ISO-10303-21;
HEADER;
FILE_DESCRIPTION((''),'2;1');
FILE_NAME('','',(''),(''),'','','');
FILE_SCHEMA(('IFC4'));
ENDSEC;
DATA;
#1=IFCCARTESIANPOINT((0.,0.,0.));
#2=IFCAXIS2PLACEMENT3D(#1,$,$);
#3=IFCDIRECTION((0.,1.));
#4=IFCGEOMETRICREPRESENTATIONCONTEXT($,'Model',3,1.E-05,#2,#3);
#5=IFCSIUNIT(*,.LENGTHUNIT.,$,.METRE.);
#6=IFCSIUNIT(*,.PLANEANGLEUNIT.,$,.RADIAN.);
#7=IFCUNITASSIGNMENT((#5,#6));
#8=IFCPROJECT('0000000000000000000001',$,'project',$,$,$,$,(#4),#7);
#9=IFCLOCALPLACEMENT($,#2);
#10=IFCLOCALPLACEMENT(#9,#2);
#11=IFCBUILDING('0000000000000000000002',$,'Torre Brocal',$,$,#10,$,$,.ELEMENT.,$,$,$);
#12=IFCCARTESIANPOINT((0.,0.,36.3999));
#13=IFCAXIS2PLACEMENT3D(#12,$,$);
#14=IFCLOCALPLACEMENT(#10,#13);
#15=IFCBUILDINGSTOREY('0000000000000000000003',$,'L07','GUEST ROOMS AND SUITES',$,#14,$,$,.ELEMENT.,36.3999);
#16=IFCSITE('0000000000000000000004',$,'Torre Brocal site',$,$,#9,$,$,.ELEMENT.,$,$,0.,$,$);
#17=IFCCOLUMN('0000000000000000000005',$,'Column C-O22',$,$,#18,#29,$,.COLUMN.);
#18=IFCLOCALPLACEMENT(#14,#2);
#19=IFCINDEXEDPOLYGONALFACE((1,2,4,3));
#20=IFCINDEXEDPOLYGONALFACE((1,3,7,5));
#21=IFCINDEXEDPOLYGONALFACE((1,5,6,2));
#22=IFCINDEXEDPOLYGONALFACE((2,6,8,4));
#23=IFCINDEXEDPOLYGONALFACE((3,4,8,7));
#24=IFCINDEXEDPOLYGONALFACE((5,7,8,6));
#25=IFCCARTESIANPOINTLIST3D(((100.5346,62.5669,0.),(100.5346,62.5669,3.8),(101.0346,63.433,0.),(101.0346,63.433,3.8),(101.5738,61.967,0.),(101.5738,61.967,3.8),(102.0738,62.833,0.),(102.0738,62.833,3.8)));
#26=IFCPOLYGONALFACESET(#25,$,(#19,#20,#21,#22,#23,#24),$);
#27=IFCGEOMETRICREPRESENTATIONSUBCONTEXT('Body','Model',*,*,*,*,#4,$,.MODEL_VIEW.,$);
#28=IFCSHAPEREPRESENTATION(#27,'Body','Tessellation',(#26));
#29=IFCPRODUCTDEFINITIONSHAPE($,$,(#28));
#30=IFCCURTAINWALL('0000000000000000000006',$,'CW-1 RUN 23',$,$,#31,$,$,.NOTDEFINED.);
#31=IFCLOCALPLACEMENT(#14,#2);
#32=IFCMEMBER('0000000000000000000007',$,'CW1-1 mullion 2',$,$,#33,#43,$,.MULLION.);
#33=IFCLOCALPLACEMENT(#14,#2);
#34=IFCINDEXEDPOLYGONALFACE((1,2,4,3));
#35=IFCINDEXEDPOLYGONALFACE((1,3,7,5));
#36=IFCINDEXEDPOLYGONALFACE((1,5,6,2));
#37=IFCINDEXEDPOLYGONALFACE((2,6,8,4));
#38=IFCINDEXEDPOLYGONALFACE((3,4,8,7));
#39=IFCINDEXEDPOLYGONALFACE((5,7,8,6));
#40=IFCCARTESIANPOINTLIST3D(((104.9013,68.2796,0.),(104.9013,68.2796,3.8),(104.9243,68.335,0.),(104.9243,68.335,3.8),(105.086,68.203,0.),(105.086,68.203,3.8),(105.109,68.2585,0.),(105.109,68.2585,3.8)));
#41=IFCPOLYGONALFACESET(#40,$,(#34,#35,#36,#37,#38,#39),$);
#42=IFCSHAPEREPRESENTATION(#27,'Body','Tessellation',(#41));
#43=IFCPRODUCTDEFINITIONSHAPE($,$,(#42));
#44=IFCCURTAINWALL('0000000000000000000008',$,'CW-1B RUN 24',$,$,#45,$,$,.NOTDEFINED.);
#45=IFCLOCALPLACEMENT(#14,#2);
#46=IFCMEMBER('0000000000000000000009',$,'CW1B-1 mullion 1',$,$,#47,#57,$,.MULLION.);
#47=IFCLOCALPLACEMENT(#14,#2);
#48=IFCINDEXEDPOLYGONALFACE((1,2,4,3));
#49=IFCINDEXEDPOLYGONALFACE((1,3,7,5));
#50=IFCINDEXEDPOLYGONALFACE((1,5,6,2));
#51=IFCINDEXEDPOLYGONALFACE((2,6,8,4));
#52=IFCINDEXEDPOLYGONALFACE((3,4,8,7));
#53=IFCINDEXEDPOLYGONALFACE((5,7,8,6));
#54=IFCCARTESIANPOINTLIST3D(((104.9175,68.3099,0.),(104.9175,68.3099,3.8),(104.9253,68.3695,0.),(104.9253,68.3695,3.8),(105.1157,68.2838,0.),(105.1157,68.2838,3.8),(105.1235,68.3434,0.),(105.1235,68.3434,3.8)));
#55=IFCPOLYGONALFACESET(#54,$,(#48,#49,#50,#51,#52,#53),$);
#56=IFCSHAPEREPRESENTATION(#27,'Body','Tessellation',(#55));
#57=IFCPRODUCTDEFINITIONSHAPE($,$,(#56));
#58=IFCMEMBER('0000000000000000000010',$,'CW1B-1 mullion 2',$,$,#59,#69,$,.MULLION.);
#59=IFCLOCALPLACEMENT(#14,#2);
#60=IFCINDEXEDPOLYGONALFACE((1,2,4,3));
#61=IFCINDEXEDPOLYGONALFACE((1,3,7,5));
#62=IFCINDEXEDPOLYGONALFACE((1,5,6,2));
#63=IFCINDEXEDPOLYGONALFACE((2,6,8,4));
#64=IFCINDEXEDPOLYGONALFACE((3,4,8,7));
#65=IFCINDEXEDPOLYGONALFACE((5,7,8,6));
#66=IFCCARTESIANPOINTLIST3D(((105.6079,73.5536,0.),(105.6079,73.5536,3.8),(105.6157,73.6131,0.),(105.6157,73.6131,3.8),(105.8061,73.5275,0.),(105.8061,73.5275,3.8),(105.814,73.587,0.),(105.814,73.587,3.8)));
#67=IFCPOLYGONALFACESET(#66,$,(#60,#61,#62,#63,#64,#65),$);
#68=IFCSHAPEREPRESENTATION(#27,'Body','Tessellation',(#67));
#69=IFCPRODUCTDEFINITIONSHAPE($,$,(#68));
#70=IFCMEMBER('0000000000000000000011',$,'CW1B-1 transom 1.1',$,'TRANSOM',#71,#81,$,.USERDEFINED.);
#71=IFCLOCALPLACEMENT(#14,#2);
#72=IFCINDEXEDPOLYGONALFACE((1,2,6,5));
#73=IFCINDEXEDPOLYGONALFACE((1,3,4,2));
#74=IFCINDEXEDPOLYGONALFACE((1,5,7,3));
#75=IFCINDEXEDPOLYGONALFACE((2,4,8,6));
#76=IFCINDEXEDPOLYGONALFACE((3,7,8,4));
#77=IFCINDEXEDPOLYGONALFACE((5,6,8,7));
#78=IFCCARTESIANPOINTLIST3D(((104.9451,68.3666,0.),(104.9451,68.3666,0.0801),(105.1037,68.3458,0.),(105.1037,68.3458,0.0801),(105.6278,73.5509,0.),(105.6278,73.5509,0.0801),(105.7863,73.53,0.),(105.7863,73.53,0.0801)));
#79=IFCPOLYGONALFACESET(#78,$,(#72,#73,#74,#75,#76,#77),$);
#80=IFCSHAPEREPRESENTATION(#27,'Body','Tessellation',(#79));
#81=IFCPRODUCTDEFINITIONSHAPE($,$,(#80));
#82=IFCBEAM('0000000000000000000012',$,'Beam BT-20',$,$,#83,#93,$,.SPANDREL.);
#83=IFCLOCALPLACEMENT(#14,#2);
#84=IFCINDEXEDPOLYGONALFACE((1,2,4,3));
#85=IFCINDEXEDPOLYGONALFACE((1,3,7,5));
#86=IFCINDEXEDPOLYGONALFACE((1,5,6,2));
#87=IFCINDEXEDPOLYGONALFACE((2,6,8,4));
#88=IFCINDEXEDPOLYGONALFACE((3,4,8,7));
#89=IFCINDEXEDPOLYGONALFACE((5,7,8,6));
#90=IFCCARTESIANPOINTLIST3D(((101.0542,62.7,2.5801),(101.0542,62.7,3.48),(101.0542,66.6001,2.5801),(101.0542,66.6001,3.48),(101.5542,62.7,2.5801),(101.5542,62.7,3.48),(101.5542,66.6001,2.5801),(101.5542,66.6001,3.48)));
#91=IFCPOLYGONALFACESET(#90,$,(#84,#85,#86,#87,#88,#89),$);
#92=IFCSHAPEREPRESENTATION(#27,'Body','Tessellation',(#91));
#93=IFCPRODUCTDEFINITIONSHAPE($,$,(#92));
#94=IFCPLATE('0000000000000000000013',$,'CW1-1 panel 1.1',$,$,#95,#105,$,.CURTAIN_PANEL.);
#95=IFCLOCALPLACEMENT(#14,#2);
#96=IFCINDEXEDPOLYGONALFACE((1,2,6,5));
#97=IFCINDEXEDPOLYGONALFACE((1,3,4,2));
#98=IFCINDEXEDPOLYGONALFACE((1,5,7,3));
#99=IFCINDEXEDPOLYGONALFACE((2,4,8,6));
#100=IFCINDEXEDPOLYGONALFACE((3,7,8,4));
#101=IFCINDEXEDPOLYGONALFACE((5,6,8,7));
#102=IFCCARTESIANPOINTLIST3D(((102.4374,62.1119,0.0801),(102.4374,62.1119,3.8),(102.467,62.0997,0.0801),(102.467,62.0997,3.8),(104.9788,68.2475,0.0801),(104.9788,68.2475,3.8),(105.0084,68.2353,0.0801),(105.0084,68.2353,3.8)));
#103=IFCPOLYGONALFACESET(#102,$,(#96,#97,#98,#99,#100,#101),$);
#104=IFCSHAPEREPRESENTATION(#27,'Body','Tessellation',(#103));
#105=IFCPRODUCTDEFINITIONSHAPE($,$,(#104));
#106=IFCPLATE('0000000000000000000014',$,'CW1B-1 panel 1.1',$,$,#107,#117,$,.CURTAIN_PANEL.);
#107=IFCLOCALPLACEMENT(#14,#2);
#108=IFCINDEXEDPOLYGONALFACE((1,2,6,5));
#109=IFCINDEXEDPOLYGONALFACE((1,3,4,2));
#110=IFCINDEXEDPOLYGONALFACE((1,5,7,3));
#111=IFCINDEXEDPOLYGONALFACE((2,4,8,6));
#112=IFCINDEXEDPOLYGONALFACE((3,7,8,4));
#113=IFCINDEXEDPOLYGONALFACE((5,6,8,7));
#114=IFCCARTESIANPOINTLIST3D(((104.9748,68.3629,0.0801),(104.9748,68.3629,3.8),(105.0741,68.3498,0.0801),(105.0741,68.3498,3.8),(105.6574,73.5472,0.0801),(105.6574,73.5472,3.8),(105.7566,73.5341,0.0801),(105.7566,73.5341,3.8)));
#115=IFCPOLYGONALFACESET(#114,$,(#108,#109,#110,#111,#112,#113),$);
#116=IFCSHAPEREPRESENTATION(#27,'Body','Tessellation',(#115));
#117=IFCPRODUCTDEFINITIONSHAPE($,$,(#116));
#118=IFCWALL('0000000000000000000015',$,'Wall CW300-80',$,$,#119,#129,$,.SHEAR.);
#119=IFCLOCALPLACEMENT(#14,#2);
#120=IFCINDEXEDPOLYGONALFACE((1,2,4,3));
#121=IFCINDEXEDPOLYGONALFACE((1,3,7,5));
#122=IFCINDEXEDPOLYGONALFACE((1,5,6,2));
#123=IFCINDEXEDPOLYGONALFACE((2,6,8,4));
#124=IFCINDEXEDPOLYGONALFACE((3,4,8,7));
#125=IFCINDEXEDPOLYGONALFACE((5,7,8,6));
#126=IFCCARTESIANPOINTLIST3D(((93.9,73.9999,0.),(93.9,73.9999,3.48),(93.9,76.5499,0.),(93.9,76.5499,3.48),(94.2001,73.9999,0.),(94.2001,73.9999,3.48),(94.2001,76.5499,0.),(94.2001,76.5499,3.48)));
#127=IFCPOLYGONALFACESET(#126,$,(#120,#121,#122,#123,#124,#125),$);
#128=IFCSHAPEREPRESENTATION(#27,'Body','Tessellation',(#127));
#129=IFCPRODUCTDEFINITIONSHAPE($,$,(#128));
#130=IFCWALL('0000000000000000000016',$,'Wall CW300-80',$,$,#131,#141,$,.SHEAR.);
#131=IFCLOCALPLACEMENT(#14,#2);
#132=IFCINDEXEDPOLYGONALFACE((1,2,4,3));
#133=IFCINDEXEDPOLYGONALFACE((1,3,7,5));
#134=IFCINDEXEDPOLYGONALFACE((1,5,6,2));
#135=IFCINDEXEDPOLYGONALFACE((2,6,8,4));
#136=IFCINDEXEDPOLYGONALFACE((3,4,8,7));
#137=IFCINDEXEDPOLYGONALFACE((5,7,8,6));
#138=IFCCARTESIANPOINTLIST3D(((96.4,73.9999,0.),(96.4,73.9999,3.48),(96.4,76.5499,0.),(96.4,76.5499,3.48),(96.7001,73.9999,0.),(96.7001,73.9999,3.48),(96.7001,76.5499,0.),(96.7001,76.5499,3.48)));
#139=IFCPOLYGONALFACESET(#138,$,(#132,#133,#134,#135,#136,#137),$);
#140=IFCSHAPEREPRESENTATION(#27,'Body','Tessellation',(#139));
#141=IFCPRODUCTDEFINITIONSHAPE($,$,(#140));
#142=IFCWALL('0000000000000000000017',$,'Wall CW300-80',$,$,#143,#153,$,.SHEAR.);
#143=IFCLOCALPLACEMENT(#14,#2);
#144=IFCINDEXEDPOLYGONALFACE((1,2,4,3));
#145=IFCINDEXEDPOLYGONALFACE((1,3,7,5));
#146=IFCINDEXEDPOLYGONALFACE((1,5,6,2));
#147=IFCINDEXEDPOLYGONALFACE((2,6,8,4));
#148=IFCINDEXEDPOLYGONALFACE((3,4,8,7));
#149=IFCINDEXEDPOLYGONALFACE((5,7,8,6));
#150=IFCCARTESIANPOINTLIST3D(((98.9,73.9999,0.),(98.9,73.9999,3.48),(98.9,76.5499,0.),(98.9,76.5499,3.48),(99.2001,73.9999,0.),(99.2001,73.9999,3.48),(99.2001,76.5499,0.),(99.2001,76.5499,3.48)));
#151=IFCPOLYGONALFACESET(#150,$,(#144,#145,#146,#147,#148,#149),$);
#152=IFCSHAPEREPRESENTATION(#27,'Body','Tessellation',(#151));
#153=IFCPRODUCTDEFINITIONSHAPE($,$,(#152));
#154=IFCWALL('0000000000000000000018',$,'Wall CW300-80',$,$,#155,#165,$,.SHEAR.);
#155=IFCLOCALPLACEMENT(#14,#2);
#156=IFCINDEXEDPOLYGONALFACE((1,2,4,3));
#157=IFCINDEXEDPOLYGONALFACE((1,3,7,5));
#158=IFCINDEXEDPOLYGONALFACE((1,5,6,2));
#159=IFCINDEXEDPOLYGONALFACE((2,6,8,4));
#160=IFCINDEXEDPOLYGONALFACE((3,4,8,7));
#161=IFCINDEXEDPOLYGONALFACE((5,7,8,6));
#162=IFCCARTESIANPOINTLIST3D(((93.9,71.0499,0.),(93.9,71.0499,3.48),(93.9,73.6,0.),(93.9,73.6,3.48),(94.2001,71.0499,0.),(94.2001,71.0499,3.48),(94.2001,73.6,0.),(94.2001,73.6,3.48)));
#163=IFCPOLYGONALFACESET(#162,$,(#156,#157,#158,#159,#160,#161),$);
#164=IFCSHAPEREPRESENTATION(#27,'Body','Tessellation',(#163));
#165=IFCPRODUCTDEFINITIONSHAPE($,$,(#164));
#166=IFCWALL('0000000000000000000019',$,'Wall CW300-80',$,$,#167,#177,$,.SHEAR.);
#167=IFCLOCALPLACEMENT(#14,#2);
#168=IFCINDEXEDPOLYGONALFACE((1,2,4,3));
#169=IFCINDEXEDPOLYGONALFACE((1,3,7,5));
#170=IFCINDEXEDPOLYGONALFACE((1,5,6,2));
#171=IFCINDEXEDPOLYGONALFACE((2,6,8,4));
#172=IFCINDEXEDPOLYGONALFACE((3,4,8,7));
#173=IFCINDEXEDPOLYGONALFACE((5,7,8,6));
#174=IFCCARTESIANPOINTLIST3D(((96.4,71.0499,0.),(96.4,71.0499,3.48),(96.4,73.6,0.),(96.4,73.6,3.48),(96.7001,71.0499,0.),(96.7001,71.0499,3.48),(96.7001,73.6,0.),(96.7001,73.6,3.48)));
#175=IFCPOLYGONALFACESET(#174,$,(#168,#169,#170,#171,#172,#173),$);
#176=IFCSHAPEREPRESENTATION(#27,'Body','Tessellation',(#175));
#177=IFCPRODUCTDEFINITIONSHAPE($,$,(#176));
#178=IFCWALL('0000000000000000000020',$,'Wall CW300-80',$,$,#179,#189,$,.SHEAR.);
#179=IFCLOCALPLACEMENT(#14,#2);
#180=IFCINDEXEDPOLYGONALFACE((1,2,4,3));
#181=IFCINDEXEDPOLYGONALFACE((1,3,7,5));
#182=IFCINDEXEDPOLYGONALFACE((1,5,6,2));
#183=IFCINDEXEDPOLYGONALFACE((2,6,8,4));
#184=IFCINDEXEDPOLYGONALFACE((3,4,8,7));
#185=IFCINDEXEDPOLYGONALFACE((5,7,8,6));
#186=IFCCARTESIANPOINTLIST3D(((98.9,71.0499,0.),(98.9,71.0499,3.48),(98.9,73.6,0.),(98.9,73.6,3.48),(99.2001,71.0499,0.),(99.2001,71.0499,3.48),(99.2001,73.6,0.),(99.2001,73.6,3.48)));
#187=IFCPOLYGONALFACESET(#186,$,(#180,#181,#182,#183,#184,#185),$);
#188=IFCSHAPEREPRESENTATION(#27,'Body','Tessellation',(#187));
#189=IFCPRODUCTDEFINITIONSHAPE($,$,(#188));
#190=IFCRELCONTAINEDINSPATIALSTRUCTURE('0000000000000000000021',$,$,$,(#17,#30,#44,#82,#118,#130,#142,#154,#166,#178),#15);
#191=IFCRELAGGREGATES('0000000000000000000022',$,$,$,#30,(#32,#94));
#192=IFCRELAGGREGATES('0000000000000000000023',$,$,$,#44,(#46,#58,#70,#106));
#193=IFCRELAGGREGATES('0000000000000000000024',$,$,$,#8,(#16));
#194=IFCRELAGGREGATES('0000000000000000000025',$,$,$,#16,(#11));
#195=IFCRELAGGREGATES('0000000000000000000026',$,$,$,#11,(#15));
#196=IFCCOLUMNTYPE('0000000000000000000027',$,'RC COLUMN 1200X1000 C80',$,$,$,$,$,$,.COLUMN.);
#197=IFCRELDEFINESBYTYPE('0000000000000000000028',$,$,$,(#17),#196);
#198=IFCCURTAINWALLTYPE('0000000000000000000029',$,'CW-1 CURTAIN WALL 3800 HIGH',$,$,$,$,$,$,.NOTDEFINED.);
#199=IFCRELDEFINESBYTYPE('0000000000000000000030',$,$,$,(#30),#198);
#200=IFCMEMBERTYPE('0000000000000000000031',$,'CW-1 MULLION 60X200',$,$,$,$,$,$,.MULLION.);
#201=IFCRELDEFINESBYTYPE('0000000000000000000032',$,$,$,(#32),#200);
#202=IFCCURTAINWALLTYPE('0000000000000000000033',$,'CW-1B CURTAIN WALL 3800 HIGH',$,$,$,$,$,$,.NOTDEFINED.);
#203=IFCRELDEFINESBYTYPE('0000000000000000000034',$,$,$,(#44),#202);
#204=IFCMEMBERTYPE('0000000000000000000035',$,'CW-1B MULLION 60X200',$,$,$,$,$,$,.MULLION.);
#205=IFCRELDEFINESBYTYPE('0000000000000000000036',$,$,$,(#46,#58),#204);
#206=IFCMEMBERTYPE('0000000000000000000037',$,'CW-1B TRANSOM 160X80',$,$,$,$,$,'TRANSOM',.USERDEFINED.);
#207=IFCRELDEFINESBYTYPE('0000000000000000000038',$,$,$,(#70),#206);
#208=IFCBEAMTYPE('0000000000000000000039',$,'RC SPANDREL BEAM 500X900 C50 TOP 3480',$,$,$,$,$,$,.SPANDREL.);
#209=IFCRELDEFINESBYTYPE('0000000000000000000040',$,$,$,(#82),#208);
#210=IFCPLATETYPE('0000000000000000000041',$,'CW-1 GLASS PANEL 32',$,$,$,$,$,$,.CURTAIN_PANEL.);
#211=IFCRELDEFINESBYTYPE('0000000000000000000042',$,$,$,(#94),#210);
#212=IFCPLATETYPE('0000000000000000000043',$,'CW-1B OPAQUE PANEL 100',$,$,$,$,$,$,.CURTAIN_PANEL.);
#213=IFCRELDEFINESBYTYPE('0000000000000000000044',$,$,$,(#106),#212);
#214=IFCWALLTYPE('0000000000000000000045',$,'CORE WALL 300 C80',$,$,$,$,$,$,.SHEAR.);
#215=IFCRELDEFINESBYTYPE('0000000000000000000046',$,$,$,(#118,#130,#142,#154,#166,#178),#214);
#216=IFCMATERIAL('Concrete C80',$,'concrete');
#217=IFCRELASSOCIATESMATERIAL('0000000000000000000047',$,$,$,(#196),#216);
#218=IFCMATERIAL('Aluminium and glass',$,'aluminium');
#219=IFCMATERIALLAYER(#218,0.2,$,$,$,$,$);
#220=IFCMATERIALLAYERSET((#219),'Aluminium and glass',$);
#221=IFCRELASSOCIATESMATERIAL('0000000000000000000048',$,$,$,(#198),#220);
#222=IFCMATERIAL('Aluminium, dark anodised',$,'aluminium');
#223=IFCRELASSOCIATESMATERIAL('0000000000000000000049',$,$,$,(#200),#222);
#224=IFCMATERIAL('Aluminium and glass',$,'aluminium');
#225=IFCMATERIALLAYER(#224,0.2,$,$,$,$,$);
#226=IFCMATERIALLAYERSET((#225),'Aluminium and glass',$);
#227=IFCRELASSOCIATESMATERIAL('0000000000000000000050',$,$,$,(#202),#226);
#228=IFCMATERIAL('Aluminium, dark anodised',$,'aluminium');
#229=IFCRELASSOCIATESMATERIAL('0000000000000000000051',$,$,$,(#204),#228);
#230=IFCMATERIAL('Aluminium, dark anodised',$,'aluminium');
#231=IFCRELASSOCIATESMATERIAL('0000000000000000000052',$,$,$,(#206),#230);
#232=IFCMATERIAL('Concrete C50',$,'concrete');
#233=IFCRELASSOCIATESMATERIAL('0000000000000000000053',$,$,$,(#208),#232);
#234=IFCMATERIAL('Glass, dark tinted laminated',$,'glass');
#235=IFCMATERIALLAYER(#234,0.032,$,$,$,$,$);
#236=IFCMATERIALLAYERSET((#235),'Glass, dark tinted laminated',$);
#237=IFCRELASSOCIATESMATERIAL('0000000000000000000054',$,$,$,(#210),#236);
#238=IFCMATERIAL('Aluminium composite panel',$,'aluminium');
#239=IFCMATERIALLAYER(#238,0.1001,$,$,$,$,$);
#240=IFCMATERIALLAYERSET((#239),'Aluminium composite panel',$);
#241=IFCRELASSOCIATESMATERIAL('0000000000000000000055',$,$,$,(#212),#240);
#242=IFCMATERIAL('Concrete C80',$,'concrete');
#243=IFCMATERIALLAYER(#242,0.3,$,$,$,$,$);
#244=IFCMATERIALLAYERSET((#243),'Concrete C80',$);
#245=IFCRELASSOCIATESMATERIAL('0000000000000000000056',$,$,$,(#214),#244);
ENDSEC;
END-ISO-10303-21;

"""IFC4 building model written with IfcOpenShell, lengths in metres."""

from ifc_helpers import new_model, si_unit, direction, frame, frame_2d, origin, origin_2d, place, context, subcontext, project, spatial, rectangle, extrude, material, layer, layer_set, material_profile, profile_set, type_object, element, aggregate, save


model = new_model("IFC4")

# Units and contexts
model_context = context("Model", 3, precision=1e-05, world=origin(), true_north=direction((0.0, 1.0)))
body_context = subcontext(model_context, "Body", "Model", "MODEL_VIEW")
ifc_project = project(units=[si_unit("LENGTHUNIT", "METRE"), si_unit("PLANEANGLEUNIT", "RADIAN")], contexts=[model_context])

# Site, building, storey
site_placement = place(None, origin())
site = spatial("IfcSite", under=ifc_project, at=site_placement, Name="Torre Brocal site", CompositionType="ELEMENT", RefElevation=0.0)
building_placement = place(site_placement, origin())
building = spatial("IfcBuilding", under=site, at=building_placement, Name="Torre Brocal", CompositionType="ELEMENT")
storey_placement = place(building_placement, frame((0.0, 0.0, 36.3999)))
storey = spatial("IfcBuildingStorey", under=building, at=storey_placement, Name="L07", Description="GUEST ROOMS AND SUITES", CompositionType="ELEMENT", Elevation=36.3999)

# Column
ifc_material_1 = material(Name="Concrete C80", Category="concrete")
ifc_material_profile_1 = material_profile(ifc_material_1, rectangle(XDim=1.2, YDim=1.0, at=origin_2d()), Name="RC 1200X1000")
ifc_profile_set_1 = profile_set([ifc_material_profile_1], Name="Concrete C80")
column_type = type_object("IfcColumnType", Name="RC COLUMN 1200X1000 C80", PredefinedType="COLUMN", material=ifc_profile_set_1)
column_placement = place(storey_placement, frame((101.3042, 62.7, 0.0), z_axis=(0.0, 0.0, 1.0), x_axis=(0.866025, -0.5, 0.0)))
element("IfcColumn", 1, at=column_placement, inside=storey, type_object=column_type, Name="Column C-O22", PredefinedType="COLUMN", context=body_context, shape_type="SweptSolid", body=[
    extrude(rectangle(XDim=1.2, YDim=1.0, at=origin_2d()), origin(), (0.0, 0.0, 1.0), 3.8),
])

# Curtain wall, member
ifc_material_2 = material(Name="Aluminium and glass", Category="aluminium")
ifc_layer_1 = layer(ifc_material_2, 0.2)
ifc_layer_set_1 = layer_set([ifc_layer_1], Name="Aluminium and glass")
curtain_wall_type_1 = type_object("IfcCurtainWallType", Name="CW-1 CURTAIN WALL 3800 HIGH", PredefinedType="NOTDEFINED", material=ifc_layer_set_1)
curtain_wall_1_placement = place(storey_placement, origin())
curtain_wall_1 = element("IfcCurtainWall", 2, at=curtain_wall_1_placement, inside=storey, type_object=curtain_wall_type_1, Name="CW-1 RUN 23", PredefinedType="NOTDEFINED")
ifc_material_3 = material(Name="Aluminium, dark anodised", Category="aluminium")
ifc_material_profile_2 = material_profile(ifc_material_3, rectangle(XDim=0.2, YDim=0.0601, at=origin_2d()), Name="CW-1 MULLION 60X200")
ifc_profile_set_2 = profile_set([ifc_material_profile_2], Name="Aluminium, dark anodised")
member_type_1 = type_object("IfcMemberType", Name="CW-1 MULLION 60X200", PredefinedType="MULLION", material=ifc_profile_set_2)
member_1_placement = place(storey_placement, frame((105.0051, 68.269, 0.0), z_axis=(0.0, 0.0, 1.0), x_axis=(-0.92388, 0.382683, 0.0)))
member_1 = element("IfcMember", 3, at=member_1_placement, type_object=member_type_1, Name="CW1-1 mullion 2", PredefinedType="MULLION", context=body_context, shape_type="SweptSolid", body=[
    extrude(rectangle(XDim=0.2, YDim=0.0601, at=origin_2d()), origin(), (0.0, 0.0, 1.0), 3.8),
])

# Curtain wall, members
ifc_material_4 = material(Name="Aluminium and glass", Category="aluminium")
ifc_layer_2 = layer(ifc_material_4, 0.2)
ifc_layer_set_2 = layer_set([ifc_layer_2], Name="Aluminium and glass")
curtain_wall_type_2 = type_object("IfcCurtainWallType", Name="CW-1B CURTAIN WALL 3800 HIGH", PredefinedType="NOTDEFINED", material=ifc_layer_set_2)
curtain_wall_2_placement = place(storey_placement, origin())
curtain_wall_2 = element("IfcCurtainWall", 4, at=curtain_wall_2_placement, inside=storey, type_object=curtain_wall_type_2, Name="CW-1B RUN 24", PredefinedType="NOTDEFINED")
ifc_material_5 = material(Name="Aluminium, dark anodised", Category="aluminium")
ifc_material_profile_3 = material_profile(ifc_material_5, rectangle(XDim=0.2, YDim=0.0601, at=origin_2d()), Name="CW-1B MULLION 60X200")
ifc_profile_set_3 = profile_set([ifc_material_profile_3], Name="Aluminium, dark anodised")
member_type_2 = type_object("IfcMemberType", Name="CW-1B MULLION 60X200", PredefinedType="MULLION", material=ifc_profile_set_3)
member_2_placement = place(storey_placement, frame((105.0205, 68.3267, 0.0), z_axis=(0.0, 0.0, 1.0), x_axis=(-0.991445, 0.130526, 0.0)))
member_2 = element("IfcMember", 5, at=member_2_placement, type_object=member_type_2, Name="CW1B-1 mullion 1", PredefinedType="MULLION", context=body_context, shape_type="SweptSolid", body=[
    extrude(rectangle(XDim=0.2, YDim=0.0601, at=origin_2d()), origin(), (0.0, 0.0, 1.0), 3.8),
])
member_3_placement = place(storey_placement, frame((105.7109, 73.5703, 0.0), z_axis=(0.0, 0.0, 1.0), x_axis=(-0.991445, 0.130526, 0.0)))
member_3 = element("IfcMember", 6, at=member_3_placement, type_object=member_type_2, Name="CW1B-1 mullion 2", PredefinedType="MULLION", context=body_context, shape_type="SweptSolid", body=[
    extrude(rectangle(XDim=0.2, YDim=0.0601, at=origin_2d()), origin(), (0.0, 0.0, 1.0), 3.8),
])
ifc_material_6 = material(Name="Aluminium, dark anodised", Category="aluminium")
ifc_material_profile_4 = material_profile(ifc_material_6, rectangle(XDim=0.1599, YDim=0.0801, at=origin_2d()), Name="CW-1B TRANSOM 160X80")
ifc_profile_set_4 = profile_set([ifc_material_profile_4], Name="Aluminium, dark anodised")
member_type_3 = type_object("IfcMemberType", Name="CW-1B TRANSOM 160X80", ElementType="TRANSOM", PredefinedType="USERDEFINED", material=ifc_profile_set_4)
member_4_placement = place(storey_placement, frame((105.0244, 68.3562, 0.04), z_axis=(0.130543, 0.991443, 0.0), x_axis=(-0.991443, 0.130543, 0.0)))
member_4 = element("IfcMember", 7, at=member_4_placement, type_object=member_type_3, Name="CW1B-1 transom 1.1", ObjectType="TRANSOM", PredefinedType="USERDEFINED", context=body_context, shape_type="SweptSolid", body=[
    extrude(rectangle(XDim=0.1599, YDim=0.0801, at=origin_2d()), origin(), (0.0, 0.0, 1.0), 5.229),
])

# Beam
ifc_material_7 = material(Name="Concrete C50", Category="concrete")
ifc_material_profile_5 = material_profile(ifc_material_7, rectangle(XDim=0.5, YDim=0.8999, at=origin_2d()), Name="RC 500X900")
ifc_profile_set_5 = profile_set([ifc_material_profile_5], Name="Concrete C50")
beam_type = type_object("IfcBeamType", Name="RC SPANDREL BEAM 500X900 C50 TOP 3480", PredefinedType="SPANDREL", material=ifc_profile_set_5)
beam_placement = place(storey_placement, frame((101.3042, 62.7, 3.03), z_axis=(0.0, 1.0, 0.0), x_axis=(-1.0, 0.0, 0.0)))
element("IfcBeam", 8, at=beam_placement, inside=storey, type_object=beam_type, Name="Beam BT-20", PredefinedType="SPANDREL", context=body_context, shape_type="SweptSolid", body=[
    extrude(rectangle(XDim=0.5, YDim=0.8999, at=origin_2d()), origin(), (0.0, 0.0, 1.0), 3.9001),
])

# Plates
ifc_material_8 = material(Name="Glass, dark tinted laminated", Category="glass")
ifc_layer_3 = layer(ifc_material_8, 0.032)
ifc_layer_set_3 = layer_set([ifc_layer_3], Name="Glass, dark tinted laminated")
plate_type_1 = type_object("IfcPlateType", Name="CW-1 GLASS PANEL 32", PredefinedType="CURTAIN_PANEL", material=ifc_layer_set_3)
plate_1_placement = place(storey_placement, frame((103.7229, 65.1736, 0.0801), z_axis=(0.0, 0.0, 1.0), x_axis=(0.382683, 0.92388, 0.0)))
plate_1 = element("IfcPlate", 9, at=plate_1_placement, type_object=plate_type_1, Name="CW1-1 panel 1.1", PredefinedType="CURTAIN_PANEL", context=body_context, shape_type="SweptSolid", body=[
    extrude(rectangle(XDim=6.6411, YDim=0.032, at=origin_2d()), origin(), (0.0, 0.0, 1.0), 3.72),
])
aggregate(curtain_wall_1, [member_1, plate_1])
ifc_material_9 = material(Name="Aluminium composite panel", Category="aluminium")
ifc_layer_4 = layer(ifc_material_9, 0.1001)
ifc_layer_set_4 = layer_set([ifc_layer_4], Name="Aluminium composite panel")
plate_type_2 = type_object("IfcPlateType", Name="CW-1B OPAQUE PANEL 100", PredefinedType="CURTAIN_PANEL", material=ifc_layer_set_4)
plate_2_placement = place(storey_placement, frame((105.3657, 70.9485, 0.0801), z_axis=(0.0, 0.0, 1.0), x_axis=(0.130526, 0.991445, 0.0)))
plate_2 = element("IfcPlate", 10, at=plate_2_placement, type_object=plate_type_2, Name="CW1B-1 panel 1.1", PredefinedType="CURTAIN_PANEL", context=body_context, shape_type="SweptSolid", body=[
    extrude(rectangle(XDim=5.229, YDim=0.1001, at=origin_2d()), origin(), (0.0, 0.0, 1.0), 3.72),
])
aggregate(curtain_wall_2, [member_2, member_3, member_4, plate_2])

# Walls
ifc_material_10 = material(Name="Concrete C80", Category="concrete")
ifc_layer_5 = layer(ifc_material_10, 0.3)
ifc_layer_set_5 = layer_set([ifc_layer_5], Name="Concrete C80")
wall_type_1 = type_object("IfcWallType", Name="CORE WALL 300 C80", PredefinedType="SHEAR", material=ifc_layer_set_5)
for number, where, z_axis, x_axis, name in (
    (11, (94.05, 74.0, 0.0), (0.0, 0.0, 1.0), (0.0, 1.0, 0.0), "Wall CW300-80"),
    (12, (96.55, 74.0, 0.0), (0.0, 0.0, 1.0), (0.0, 1.0, 0.0), "Wall CW300-80"),
    (13, (99.05, 74.0, 0.0), (0.0, 0.0, 1.0), (0.0, 1.0, 0.0), "Wall CW300-80"),
    (14, (94.05, 71.05, 0.0), (0.0, 0.0, 1.0), (0.0, 1.0, 0.0), "Wall CW300-80"),
    (15, (96.55, 71.05, 0.0), (0.0, 0.0, 1.0), (0.0, 1.0, 0.0), "Wall CW300-80"),
    (16, (99.05, 71.05, 0.0), (0.0, 0.0, 1.0), (0.0, 1.0, 0.0), "Wall CW300-80"),
):
    element("IfcWall", number, at=place(storey_placement, frame(where, z_axis=z_axis, x_axis=x_axis)), inside=storey, type_object=wall_type_1, Name=name, PredefinedType="SHEAR", context=body_context, shape_type="SweptSolid", body=[
        extrude(rectangle(XDim=2.55, YDim=0.3, at=frame_2d((1.2749, 0.0))), origin(), (0.0, 0.0, 1.0), 3.48),
    ])

save(model, "model.ifc")
